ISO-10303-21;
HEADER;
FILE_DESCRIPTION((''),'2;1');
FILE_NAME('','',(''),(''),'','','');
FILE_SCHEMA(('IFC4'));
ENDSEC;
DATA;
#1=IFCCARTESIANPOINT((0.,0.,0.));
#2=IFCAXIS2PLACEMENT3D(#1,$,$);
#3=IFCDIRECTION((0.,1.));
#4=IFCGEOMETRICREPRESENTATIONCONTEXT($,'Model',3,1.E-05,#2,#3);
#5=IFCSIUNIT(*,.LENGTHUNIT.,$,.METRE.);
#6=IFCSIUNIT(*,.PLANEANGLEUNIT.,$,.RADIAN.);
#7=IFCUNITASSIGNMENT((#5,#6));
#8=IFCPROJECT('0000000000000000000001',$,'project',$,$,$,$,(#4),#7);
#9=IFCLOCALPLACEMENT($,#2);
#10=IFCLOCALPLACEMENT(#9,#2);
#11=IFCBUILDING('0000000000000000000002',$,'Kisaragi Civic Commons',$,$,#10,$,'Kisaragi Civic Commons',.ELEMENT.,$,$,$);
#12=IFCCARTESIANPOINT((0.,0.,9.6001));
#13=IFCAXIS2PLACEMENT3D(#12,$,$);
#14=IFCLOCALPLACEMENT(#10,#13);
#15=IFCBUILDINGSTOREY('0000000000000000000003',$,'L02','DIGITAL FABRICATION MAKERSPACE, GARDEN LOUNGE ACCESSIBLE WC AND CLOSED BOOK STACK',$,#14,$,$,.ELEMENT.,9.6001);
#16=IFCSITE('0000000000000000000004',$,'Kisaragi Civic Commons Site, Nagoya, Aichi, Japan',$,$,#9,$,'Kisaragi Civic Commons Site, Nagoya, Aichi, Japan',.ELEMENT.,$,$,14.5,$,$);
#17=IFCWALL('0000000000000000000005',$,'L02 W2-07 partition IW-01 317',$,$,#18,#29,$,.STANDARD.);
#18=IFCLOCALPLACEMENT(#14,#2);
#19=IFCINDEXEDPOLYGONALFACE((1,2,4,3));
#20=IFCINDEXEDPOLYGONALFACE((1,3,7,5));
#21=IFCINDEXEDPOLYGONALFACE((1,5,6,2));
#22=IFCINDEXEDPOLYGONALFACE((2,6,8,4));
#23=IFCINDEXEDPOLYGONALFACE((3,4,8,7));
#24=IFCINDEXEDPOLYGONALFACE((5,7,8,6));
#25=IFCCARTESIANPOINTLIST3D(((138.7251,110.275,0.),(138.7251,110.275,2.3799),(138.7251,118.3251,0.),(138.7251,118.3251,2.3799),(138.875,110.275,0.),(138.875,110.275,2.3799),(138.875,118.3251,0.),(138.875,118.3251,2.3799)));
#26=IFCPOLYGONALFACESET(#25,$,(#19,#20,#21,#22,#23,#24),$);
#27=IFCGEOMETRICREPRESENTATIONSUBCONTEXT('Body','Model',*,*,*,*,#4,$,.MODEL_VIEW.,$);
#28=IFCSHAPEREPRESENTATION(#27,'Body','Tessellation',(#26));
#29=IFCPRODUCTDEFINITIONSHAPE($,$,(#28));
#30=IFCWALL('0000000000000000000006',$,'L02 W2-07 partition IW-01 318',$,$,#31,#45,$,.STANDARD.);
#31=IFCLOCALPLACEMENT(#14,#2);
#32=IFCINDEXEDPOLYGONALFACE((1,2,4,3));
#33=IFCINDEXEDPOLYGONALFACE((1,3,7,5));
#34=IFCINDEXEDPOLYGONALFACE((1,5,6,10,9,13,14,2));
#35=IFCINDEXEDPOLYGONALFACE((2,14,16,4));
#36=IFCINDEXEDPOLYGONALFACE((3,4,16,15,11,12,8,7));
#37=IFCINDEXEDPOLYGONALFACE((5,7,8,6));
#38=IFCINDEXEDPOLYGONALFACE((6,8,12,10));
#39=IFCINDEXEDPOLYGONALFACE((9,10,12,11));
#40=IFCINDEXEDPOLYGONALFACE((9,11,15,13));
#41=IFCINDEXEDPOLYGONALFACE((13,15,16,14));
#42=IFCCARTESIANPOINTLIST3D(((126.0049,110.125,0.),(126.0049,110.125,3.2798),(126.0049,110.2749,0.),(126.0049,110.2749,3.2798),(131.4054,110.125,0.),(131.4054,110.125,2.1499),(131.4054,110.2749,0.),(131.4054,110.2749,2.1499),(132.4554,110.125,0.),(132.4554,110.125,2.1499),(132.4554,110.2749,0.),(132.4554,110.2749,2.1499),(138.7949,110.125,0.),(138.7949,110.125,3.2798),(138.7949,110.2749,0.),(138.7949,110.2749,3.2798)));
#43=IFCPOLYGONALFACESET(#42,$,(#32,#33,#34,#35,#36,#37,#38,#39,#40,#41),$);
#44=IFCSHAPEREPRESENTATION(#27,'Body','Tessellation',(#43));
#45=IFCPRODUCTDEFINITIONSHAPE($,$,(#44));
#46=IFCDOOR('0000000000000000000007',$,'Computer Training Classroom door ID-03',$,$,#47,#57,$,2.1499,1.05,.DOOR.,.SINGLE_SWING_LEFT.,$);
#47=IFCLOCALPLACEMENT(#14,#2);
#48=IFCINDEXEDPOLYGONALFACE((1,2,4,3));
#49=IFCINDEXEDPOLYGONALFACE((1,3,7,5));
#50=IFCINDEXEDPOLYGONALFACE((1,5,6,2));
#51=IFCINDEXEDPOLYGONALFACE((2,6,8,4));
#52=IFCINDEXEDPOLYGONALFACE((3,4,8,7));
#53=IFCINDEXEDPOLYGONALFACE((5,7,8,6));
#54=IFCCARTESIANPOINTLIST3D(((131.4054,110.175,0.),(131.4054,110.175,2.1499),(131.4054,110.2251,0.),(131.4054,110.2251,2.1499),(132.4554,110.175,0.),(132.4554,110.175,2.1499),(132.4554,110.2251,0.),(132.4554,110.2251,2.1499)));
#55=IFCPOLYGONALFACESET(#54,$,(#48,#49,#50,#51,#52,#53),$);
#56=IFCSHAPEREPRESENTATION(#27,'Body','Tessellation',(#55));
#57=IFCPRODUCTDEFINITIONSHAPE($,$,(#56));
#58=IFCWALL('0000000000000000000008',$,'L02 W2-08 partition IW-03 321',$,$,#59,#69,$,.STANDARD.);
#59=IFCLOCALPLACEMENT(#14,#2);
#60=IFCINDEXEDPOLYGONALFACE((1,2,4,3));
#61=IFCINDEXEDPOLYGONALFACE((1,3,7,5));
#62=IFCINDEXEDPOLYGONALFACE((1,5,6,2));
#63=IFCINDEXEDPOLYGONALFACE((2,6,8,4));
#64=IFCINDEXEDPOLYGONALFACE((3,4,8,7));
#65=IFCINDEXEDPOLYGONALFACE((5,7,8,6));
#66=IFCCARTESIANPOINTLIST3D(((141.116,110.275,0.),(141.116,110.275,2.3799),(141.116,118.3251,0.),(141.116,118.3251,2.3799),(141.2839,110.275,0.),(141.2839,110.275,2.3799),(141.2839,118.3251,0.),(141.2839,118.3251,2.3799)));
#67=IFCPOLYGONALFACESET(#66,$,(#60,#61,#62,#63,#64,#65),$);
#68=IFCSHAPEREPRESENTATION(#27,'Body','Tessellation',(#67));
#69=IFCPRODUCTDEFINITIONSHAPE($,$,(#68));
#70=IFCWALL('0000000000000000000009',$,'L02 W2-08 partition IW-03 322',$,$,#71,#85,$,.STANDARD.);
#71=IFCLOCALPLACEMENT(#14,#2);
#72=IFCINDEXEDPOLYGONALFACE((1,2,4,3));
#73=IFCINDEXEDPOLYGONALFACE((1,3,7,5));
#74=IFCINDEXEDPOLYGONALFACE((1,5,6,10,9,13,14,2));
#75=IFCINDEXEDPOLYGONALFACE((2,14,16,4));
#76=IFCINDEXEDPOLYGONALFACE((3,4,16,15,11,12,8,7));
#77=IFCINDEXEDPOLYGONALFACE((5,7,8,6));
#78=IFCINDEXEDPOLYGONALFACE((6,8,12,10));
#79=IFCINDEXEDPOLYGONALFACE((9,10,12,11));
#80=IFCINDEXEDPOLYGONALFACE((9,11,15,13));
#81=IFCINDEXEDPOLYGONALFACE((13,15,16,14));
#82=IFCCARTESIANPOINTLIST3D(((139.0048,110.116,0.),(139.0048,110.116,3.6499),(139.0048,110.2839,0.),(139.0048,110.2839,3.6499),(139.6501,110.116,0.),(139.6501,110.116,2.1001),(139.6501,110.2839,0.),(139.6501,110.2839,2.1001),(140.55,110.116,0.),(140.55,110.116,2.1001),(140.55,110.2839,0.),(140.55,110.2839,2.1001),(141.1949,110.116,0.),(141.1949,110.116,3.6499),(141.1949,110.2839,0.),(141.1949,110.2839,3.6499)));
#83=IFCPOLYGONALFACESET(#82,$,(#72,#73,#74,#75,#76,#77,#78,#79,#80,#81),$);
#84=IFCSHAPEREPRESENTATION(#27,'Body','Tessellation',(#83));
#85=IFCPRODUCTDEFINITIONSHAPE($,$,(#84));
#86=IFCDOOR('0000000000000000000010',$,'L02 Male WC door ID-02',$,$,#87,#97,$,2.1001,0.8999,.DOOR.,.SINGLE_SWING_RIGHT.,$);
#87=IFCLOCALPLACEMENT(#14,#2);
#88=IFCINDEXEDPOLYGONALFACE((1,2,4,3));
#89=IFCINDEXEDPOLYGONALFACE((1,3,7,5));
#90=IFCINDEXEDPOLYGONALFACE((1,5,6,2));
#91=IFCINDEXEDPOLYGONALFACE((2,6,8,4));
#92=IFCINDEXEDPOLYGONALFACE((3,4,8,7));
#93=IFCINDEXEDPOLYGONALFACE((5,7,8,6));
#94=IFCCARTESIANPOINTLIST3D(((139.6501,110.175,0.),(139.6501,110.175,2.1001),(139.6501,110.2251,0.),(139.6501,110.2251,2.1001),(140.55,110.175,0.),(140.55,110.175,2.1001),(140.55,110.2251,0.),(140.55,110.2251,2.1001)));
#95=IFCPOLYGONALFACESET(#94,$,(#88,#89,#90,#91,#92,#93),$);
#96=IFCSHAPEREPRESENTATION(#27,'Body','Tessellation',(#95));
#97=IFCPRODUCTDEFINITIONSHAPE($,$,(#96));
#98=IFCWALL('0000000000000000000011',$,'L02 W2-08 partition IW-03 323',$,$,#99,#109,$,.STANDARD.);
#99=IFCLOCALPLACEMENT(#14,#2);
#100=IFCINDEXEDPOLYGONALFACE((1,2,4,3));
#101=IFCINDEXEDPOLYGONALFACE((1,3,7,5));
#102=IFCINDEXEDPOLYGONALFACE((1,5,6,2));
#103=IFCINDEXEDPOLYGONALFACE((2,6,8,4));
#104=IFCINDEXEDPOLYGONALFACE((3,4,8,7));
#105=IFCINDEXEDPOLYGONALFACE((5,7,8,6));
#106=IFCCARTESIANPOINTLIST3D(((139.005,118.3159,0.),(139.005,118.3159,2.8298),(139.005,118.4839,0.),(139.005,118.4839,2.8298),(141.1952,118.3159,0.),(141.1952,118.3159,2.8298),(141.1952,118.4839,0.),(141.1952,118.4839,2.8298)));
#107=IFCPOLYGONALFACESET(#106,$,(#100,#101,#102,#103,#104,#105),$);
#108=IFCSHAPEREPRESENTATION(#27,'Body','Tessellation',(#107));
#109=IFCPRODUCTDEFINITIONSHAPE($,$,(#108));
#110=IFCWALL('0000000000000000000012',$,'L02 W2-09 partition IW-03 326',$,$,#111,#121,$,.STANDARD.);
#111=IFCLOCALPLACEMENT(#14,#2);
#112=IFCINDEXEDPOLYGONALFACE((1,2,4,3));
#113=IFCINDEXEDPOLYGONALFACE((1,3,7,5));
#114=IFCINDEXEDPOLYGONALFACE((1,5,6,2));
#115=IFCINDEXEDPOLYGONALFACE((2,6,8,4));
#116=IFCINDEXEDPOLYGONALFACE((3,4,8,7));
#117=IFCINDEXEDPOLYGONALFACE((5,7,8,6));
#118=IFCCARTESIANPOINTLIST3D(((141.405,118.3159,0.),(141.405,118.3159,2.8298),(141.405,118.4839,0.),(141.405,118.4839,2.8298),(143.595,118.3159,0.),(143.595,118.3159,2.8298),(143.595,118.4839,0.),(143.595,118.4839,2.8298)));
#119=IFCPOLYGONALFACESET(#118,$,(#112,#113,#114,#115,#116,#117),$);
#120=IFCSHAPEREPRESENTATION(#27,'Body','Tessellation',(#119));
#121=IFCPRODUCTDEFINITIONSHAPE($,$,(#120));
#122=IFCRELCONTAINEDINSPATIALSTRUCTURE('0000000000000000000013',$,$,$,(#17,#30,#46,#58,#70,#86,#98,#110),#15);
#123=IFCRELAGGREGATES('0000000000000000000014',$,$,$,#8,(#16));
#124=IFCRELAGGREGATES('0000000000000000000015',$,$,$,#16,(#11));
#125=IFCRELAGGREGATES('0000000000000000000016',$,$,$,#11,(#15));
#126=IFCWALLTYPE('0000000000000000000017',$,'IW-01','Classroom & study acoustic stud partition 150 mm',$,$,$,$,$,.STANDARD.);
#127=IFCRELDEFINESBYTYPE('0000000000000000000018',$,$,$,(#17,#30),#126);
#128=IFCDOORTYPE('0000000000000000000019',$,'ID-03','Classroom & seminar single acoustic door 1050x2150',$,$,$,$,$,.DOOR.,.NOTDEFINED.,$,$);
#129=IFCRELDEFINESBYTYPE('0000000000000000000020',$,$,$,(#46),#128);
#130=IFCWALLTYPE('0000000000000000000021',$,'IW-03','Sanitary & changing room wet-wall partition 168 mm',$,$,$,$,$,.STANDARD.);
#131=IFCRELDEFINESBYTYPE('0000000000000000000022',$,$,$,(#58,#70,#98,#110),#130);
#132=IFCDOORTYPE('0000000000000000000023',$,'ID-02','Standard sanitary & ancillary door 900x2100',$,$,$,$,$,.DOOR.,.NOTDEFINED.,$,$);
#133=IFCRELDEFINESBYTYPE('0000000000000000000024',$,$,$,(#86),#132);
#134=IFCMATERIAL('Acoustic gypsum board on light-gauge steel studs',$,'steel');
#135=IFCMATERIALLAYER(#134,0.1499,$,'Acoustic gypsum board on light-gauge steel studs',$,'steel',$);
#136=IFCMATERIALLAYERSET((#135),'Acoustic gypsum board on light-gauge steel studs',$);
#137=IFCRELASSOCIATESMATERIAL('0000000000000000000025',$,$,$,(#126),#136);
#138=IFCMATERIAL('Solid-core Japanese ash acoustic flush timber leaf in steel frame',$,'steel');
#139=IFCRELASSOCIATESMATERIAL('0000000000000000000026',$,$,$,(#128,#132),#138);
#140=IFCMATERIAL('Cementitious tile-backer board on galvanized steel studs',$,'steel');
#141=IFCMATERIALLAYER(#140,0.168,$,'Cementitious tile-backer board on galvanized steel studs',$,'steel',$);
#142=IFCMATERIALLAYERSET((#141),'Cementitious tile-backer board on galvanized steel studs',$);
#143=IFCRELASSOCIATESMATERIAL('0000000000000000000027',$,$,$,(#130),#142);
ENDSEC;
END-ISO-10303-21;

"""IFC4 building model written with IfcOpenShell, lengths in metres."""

from ifc_helpers import new_model, si_unit, direction, frame, frame_2d, origin, place, context, subcontext, project, spatial, rectangle, extrude, material, layer, layer_set, type_object, element, fill, save


model = new_model("IFC4")

# Units and contexts
model_context = context("Model", 3, precision=1e-05, world=origin(), true_north=direction((0.0, 1.0)))
body_context = subcontext(model_context, "Body", "Model", "MODEL_VIEW")
ifc_project = project(units=[si_unit("LENGTHUNIT", "METRE"), si_unit("PLANEANGLEUNIT", "RADIAN")], contexts=[model_context])

# Site, building, storey
site_placement = place(None, origin())
site = spatial("IfcSite", under=ifc_project, at=site_placement, Name="Kisaragi Civic Commons Site, Nagoya, Aichi, Japan", LongName="Kisaragi Civic Commons Site, Nagoya, Aichi, Japan", CompositionType="ELEMENT", RefElevation=14.5)
building_placement = place(site_placement, origin())
building = spatial("IfcBuilding", under=site, at=building_placement, Name="Kisaragi Civic Commons", LongName="Kisaragi Civic Commons", CompositionType="ELEMENT")
storey_placement = place(building_placement, frame((0.0, 0.0, 9.6001)))
storey = spatial("IfcBuildingStorey", under=building, at=storey_placement, Name="L02", Description="DIGITAL FABRICATION MAKERSPACE, GARDEN LOUNGE ACCESSIBLE WC AND CLOSED BOOK STACK", CompositionType="ELEMENT", Elevation=9.6001)

# Wall
ifc_material_1 = material(Name="Acoustic gypsum board on light-gauge steel studs", Category="steel")
ifc_layer_1 = layer(ifc_material_1, 0.1499, Name="Acoustic gypsum board on light-gauge steel studs", Category="steel")
ifc_layer_set_1 = layer_set([ifc_layer_1], Name="Acoustic gypsum board on light-gauge steel studs")
wall_type_1 = type_object("IfcWallType", Name="IW-01", Description="Classroom & study acoustic stud partition 150 mm", PredefinedType="STANDARD", material=ifc_layer_set_1)
wall_1_placement = place(storey_placement, frame((138.8, 118.325, 0.0), z_axis=(0.0, 0.0, 1.0), x_axis=(0.0, -1.0, 0.0)))
element("IfcWall", 1, at=wall_1_placement, inside=storey, type_object=wall_type_1, Name="L02 W2-07 partition IW-01 317", PredefinedType="STANDARD", context=body_context, shape_type="SweptSolid", body=[
    extrude(rectangle(XDim=8.05, YDim=0.1499, at=frame_2d((4.0249, 0.0))), origin(), (0.0, 0.0, 1.0), 2.3799),
])

# Wall, opening, door
wall_2_placement = place(storey_placement, frame((138.7949, 110.2, 0.0), z_axis=(0.0, 0.0, 1.0), x_axis=(-1.0, 0.0, 0.0)))
wall_2 = element("IfcWall", 2, at=wall_2_placement, inside=storey, type_object=wall_type_1, Name="L02 W2-07 partition IW-01 318", PredefinedType="STANDARD", context=body_context, shape_type="SweptSolid", body=[
    extrude(rectangle(XDim=12.79, YDim=0.1499, at=frame_2d((6.395, 0.0))), origin(), (0.0, 0.0, 1.0), 3.2798),
])
opening_1_placement = place(wall_2_placement, frame((6.3396, 0.0, 0.0)))
opening_1 = element("IfcOpeningElement", 3, at=opening_1_placement, cuts=wall_2, PredefinedType="OPENING", context=body_context, shape_type="SweptSolid", body=[
    extrude(rectangle(XDim=1.05, YDim=2.1499, at=frame_2d((0.5249, 1.075))), frame((0.0, 0.085, 0.0), z_axis=(0.0, -1.0, 0.0), x_axis=(1.0, 0.0, 0.0)), (0.0, 0.0, 1.0), 0.1699),
])
ifc_material_2 = material(Name="Solid-core Japanese ash acoustic flush timber leaf in steel frame", Category="steel")
door_type_1 = type_object("IfcDoorType", Name="ID-03", Description="Classroom & seminar single acoustic door 1050x2150", OperationType="NOTDEFINED", PredefinedType="DOOR", material=ifc_material_2)
door_1_placement = place(opening_1_placement, origin())
door_1 = element("IfcDoor", 4, at=door_1_placement, inside=storey, type_object=door_type_1, Name="Computer Training Classroom door ID-03", OperationType="SINGLE_SWING_LEFT", OverallHeight=2.1499, OverallWidth=1.05, PredefinedType="DOOR", context=body_context, shape_type="SweptSolid", body=[
    extrude(rectangle(XDim=1.05, YDim=2.1499, at=frame_2d((0.5249, 1.075))), frame((0.0, 0.0249, 0.0), z_axis=(0.0, -1.0, 0.0), x_axis=(1.0, 0.0, 0.0)), (0.0, 0.0, 1.0), 0.05),
])
fill(opening_1, door_1)

# Wall
ifc_material_3 = material(Name="Cementitious tile-backer board on galvanized steel studs", Category="steel")
ifc_layer_2 = layer(ifc_material_3, 0.168, Name="Cementitious tile-backer board on galvanized steel studs", Category="steel")
ifc_layer_set_2 = layer_set([ifc_layer_2], Name="Cementitious tile-backer board on galvanized steel studs")
wall_type_2 = type_object("IfcWallType", Name="IW-03", Description="Sanitary & changing room wet-wall partition 168 mm", PredefinedType="STANDARD", material=ifc_layer_set_2)
wall_3_placement = place(storey_placement, frame((141.2, 118.325, 0.0), z_axis=(0.0, 0.0, 1.0), x_axis=(0.0, -1.0, 0.0)))
element("IfcWall", 5, at=wall_3_placement, inside=storey, type_object=wall_type_2, Name="L02 W2-08 partition IW-03 321", PredefinedType="STANDARD", context=body_context, shape_type="SweptSolid", body=[
    extrude(rectangle(XDim=8.05, YDim=0.168, at=frame_2d((4.0249, 0.0))), origin(), (0.0, 0.0, 1.0), 2.3799),
])

# Wall, opening, door
wall_4_placement = place(storey_placement, frame((141.1951, 110.2, 0.0), z_axis=(0.0, 0.0, 1.0), x_axis=(-1.0, 0.0, 0.0)))
wall_4 = element("IfcWall", 6, at=wall_4_placement, inside=storey, type_object=wall_type_2, Name="L02 W2-08 partition IW-03 322", PredefinedType="STANDARD", context=body_context, shape_type="SweptSolid", body=[
    extrude(rectangle(XDim=2.1902, YDim=0.168, at=frame_2d((1.0952, 0.0))), origin(), (0.0, 0.0, 1.0), 3.6499),
])
opening_2_placement = place(wall_4_placement, frame((0.645, 0.0, 0.0)))
opening_2 = element("IfcOpeningElement", 7, at=opening_2_placement, cuts=wall_4, PredefinedType="OPENING", context=body_context, shape_type="SweptSolid", body=[
    extrude(rectangle(XDim=0.8999, YDim=2.1001, at=frame_2d((0.45, 1.05))), frame((0.0, 0.094, 0.0), z_axis=(0.0, -1.0, 0.0), x_axis=(1.0, 0.0, 0.0)), (0.0, 0.0, 1.0), 0.188),
])
door_type_2 = type_object("IfcDoorType", Name="ID-02", Description="Standard sanitary & ancillary door 900x2100", OperationType="NOTDEFINED", PredefinedType="DOOR", material=ifc_material_2)
door_2_placement = place(opening_2_placement, origin())
door_2 = element("IfcDoor", 8, at=door_2_placement, inside=storey, type_object=door_type_2, Name="L02 Male WC door ID-02", OperationType="SINGLE_SWING_RIGHT", OverallHeight=2.1001, OverallWidth=0.8999, PredefinedType="DOOR", context=body_context, shape_type="SweptSolid", body=[
    extrude(rectangle(XDim=0.8999, YDim=2.1001, at=frame_2d((0.45, 1.05))), frame((0.0, 0.0249, 0.0), z_axis=(0.0, -1.0, 0.0), x_axis=(1.0, 0.0, 0.0)), (0.0, 0.0, 1.0), 0.05),
])
fill(opening_2, door_2)

# Walls
wall_5_placement = place(storey_placement, frame((139.0049, 118.3999, 0.0), z_axis=(0.0, 0.0, 1.0), x_axis=(1.0, 0.0, 0.0)))
element("IfcWall", 9, at=wall_5_placement, inside=storey, type_object=wall_type_2, Name="L02 W2-08 partition IW-03 323", PredefinedType="STANDARD", context=body_context, shape_type="SweptSolid", body=[
    extrude(rectangle(XDim=2.1902, YDim=0.168, at=frame_2d((1.0952, 0.0))), origin(), (0.0, 0.0, 1.0), 2.8298),
])
wall_6_placement = place(storey_placement, frame((141.405, 118.3999, 0.0), z_axis=(0.0, 0.0, 1.0), x_axis=(1.0, 0.0, 0.0)))
element("IfcWall", 10, at=wall_6_placement, inside=storey, type_object=wall_type_2, Name="L02 W2-09 partition IW-03 326", PredefinedType="STANDARD", context=body_context, shape_type="SweptSolid", body=[
    extrude(rectangle(XDim=2.1899, YDim=0.168, at=frame_2d((1.095, 0.0))), origin(), (0.0, 0.0, 1.0), 2.8298),
])

save(model, "model.ifc")
